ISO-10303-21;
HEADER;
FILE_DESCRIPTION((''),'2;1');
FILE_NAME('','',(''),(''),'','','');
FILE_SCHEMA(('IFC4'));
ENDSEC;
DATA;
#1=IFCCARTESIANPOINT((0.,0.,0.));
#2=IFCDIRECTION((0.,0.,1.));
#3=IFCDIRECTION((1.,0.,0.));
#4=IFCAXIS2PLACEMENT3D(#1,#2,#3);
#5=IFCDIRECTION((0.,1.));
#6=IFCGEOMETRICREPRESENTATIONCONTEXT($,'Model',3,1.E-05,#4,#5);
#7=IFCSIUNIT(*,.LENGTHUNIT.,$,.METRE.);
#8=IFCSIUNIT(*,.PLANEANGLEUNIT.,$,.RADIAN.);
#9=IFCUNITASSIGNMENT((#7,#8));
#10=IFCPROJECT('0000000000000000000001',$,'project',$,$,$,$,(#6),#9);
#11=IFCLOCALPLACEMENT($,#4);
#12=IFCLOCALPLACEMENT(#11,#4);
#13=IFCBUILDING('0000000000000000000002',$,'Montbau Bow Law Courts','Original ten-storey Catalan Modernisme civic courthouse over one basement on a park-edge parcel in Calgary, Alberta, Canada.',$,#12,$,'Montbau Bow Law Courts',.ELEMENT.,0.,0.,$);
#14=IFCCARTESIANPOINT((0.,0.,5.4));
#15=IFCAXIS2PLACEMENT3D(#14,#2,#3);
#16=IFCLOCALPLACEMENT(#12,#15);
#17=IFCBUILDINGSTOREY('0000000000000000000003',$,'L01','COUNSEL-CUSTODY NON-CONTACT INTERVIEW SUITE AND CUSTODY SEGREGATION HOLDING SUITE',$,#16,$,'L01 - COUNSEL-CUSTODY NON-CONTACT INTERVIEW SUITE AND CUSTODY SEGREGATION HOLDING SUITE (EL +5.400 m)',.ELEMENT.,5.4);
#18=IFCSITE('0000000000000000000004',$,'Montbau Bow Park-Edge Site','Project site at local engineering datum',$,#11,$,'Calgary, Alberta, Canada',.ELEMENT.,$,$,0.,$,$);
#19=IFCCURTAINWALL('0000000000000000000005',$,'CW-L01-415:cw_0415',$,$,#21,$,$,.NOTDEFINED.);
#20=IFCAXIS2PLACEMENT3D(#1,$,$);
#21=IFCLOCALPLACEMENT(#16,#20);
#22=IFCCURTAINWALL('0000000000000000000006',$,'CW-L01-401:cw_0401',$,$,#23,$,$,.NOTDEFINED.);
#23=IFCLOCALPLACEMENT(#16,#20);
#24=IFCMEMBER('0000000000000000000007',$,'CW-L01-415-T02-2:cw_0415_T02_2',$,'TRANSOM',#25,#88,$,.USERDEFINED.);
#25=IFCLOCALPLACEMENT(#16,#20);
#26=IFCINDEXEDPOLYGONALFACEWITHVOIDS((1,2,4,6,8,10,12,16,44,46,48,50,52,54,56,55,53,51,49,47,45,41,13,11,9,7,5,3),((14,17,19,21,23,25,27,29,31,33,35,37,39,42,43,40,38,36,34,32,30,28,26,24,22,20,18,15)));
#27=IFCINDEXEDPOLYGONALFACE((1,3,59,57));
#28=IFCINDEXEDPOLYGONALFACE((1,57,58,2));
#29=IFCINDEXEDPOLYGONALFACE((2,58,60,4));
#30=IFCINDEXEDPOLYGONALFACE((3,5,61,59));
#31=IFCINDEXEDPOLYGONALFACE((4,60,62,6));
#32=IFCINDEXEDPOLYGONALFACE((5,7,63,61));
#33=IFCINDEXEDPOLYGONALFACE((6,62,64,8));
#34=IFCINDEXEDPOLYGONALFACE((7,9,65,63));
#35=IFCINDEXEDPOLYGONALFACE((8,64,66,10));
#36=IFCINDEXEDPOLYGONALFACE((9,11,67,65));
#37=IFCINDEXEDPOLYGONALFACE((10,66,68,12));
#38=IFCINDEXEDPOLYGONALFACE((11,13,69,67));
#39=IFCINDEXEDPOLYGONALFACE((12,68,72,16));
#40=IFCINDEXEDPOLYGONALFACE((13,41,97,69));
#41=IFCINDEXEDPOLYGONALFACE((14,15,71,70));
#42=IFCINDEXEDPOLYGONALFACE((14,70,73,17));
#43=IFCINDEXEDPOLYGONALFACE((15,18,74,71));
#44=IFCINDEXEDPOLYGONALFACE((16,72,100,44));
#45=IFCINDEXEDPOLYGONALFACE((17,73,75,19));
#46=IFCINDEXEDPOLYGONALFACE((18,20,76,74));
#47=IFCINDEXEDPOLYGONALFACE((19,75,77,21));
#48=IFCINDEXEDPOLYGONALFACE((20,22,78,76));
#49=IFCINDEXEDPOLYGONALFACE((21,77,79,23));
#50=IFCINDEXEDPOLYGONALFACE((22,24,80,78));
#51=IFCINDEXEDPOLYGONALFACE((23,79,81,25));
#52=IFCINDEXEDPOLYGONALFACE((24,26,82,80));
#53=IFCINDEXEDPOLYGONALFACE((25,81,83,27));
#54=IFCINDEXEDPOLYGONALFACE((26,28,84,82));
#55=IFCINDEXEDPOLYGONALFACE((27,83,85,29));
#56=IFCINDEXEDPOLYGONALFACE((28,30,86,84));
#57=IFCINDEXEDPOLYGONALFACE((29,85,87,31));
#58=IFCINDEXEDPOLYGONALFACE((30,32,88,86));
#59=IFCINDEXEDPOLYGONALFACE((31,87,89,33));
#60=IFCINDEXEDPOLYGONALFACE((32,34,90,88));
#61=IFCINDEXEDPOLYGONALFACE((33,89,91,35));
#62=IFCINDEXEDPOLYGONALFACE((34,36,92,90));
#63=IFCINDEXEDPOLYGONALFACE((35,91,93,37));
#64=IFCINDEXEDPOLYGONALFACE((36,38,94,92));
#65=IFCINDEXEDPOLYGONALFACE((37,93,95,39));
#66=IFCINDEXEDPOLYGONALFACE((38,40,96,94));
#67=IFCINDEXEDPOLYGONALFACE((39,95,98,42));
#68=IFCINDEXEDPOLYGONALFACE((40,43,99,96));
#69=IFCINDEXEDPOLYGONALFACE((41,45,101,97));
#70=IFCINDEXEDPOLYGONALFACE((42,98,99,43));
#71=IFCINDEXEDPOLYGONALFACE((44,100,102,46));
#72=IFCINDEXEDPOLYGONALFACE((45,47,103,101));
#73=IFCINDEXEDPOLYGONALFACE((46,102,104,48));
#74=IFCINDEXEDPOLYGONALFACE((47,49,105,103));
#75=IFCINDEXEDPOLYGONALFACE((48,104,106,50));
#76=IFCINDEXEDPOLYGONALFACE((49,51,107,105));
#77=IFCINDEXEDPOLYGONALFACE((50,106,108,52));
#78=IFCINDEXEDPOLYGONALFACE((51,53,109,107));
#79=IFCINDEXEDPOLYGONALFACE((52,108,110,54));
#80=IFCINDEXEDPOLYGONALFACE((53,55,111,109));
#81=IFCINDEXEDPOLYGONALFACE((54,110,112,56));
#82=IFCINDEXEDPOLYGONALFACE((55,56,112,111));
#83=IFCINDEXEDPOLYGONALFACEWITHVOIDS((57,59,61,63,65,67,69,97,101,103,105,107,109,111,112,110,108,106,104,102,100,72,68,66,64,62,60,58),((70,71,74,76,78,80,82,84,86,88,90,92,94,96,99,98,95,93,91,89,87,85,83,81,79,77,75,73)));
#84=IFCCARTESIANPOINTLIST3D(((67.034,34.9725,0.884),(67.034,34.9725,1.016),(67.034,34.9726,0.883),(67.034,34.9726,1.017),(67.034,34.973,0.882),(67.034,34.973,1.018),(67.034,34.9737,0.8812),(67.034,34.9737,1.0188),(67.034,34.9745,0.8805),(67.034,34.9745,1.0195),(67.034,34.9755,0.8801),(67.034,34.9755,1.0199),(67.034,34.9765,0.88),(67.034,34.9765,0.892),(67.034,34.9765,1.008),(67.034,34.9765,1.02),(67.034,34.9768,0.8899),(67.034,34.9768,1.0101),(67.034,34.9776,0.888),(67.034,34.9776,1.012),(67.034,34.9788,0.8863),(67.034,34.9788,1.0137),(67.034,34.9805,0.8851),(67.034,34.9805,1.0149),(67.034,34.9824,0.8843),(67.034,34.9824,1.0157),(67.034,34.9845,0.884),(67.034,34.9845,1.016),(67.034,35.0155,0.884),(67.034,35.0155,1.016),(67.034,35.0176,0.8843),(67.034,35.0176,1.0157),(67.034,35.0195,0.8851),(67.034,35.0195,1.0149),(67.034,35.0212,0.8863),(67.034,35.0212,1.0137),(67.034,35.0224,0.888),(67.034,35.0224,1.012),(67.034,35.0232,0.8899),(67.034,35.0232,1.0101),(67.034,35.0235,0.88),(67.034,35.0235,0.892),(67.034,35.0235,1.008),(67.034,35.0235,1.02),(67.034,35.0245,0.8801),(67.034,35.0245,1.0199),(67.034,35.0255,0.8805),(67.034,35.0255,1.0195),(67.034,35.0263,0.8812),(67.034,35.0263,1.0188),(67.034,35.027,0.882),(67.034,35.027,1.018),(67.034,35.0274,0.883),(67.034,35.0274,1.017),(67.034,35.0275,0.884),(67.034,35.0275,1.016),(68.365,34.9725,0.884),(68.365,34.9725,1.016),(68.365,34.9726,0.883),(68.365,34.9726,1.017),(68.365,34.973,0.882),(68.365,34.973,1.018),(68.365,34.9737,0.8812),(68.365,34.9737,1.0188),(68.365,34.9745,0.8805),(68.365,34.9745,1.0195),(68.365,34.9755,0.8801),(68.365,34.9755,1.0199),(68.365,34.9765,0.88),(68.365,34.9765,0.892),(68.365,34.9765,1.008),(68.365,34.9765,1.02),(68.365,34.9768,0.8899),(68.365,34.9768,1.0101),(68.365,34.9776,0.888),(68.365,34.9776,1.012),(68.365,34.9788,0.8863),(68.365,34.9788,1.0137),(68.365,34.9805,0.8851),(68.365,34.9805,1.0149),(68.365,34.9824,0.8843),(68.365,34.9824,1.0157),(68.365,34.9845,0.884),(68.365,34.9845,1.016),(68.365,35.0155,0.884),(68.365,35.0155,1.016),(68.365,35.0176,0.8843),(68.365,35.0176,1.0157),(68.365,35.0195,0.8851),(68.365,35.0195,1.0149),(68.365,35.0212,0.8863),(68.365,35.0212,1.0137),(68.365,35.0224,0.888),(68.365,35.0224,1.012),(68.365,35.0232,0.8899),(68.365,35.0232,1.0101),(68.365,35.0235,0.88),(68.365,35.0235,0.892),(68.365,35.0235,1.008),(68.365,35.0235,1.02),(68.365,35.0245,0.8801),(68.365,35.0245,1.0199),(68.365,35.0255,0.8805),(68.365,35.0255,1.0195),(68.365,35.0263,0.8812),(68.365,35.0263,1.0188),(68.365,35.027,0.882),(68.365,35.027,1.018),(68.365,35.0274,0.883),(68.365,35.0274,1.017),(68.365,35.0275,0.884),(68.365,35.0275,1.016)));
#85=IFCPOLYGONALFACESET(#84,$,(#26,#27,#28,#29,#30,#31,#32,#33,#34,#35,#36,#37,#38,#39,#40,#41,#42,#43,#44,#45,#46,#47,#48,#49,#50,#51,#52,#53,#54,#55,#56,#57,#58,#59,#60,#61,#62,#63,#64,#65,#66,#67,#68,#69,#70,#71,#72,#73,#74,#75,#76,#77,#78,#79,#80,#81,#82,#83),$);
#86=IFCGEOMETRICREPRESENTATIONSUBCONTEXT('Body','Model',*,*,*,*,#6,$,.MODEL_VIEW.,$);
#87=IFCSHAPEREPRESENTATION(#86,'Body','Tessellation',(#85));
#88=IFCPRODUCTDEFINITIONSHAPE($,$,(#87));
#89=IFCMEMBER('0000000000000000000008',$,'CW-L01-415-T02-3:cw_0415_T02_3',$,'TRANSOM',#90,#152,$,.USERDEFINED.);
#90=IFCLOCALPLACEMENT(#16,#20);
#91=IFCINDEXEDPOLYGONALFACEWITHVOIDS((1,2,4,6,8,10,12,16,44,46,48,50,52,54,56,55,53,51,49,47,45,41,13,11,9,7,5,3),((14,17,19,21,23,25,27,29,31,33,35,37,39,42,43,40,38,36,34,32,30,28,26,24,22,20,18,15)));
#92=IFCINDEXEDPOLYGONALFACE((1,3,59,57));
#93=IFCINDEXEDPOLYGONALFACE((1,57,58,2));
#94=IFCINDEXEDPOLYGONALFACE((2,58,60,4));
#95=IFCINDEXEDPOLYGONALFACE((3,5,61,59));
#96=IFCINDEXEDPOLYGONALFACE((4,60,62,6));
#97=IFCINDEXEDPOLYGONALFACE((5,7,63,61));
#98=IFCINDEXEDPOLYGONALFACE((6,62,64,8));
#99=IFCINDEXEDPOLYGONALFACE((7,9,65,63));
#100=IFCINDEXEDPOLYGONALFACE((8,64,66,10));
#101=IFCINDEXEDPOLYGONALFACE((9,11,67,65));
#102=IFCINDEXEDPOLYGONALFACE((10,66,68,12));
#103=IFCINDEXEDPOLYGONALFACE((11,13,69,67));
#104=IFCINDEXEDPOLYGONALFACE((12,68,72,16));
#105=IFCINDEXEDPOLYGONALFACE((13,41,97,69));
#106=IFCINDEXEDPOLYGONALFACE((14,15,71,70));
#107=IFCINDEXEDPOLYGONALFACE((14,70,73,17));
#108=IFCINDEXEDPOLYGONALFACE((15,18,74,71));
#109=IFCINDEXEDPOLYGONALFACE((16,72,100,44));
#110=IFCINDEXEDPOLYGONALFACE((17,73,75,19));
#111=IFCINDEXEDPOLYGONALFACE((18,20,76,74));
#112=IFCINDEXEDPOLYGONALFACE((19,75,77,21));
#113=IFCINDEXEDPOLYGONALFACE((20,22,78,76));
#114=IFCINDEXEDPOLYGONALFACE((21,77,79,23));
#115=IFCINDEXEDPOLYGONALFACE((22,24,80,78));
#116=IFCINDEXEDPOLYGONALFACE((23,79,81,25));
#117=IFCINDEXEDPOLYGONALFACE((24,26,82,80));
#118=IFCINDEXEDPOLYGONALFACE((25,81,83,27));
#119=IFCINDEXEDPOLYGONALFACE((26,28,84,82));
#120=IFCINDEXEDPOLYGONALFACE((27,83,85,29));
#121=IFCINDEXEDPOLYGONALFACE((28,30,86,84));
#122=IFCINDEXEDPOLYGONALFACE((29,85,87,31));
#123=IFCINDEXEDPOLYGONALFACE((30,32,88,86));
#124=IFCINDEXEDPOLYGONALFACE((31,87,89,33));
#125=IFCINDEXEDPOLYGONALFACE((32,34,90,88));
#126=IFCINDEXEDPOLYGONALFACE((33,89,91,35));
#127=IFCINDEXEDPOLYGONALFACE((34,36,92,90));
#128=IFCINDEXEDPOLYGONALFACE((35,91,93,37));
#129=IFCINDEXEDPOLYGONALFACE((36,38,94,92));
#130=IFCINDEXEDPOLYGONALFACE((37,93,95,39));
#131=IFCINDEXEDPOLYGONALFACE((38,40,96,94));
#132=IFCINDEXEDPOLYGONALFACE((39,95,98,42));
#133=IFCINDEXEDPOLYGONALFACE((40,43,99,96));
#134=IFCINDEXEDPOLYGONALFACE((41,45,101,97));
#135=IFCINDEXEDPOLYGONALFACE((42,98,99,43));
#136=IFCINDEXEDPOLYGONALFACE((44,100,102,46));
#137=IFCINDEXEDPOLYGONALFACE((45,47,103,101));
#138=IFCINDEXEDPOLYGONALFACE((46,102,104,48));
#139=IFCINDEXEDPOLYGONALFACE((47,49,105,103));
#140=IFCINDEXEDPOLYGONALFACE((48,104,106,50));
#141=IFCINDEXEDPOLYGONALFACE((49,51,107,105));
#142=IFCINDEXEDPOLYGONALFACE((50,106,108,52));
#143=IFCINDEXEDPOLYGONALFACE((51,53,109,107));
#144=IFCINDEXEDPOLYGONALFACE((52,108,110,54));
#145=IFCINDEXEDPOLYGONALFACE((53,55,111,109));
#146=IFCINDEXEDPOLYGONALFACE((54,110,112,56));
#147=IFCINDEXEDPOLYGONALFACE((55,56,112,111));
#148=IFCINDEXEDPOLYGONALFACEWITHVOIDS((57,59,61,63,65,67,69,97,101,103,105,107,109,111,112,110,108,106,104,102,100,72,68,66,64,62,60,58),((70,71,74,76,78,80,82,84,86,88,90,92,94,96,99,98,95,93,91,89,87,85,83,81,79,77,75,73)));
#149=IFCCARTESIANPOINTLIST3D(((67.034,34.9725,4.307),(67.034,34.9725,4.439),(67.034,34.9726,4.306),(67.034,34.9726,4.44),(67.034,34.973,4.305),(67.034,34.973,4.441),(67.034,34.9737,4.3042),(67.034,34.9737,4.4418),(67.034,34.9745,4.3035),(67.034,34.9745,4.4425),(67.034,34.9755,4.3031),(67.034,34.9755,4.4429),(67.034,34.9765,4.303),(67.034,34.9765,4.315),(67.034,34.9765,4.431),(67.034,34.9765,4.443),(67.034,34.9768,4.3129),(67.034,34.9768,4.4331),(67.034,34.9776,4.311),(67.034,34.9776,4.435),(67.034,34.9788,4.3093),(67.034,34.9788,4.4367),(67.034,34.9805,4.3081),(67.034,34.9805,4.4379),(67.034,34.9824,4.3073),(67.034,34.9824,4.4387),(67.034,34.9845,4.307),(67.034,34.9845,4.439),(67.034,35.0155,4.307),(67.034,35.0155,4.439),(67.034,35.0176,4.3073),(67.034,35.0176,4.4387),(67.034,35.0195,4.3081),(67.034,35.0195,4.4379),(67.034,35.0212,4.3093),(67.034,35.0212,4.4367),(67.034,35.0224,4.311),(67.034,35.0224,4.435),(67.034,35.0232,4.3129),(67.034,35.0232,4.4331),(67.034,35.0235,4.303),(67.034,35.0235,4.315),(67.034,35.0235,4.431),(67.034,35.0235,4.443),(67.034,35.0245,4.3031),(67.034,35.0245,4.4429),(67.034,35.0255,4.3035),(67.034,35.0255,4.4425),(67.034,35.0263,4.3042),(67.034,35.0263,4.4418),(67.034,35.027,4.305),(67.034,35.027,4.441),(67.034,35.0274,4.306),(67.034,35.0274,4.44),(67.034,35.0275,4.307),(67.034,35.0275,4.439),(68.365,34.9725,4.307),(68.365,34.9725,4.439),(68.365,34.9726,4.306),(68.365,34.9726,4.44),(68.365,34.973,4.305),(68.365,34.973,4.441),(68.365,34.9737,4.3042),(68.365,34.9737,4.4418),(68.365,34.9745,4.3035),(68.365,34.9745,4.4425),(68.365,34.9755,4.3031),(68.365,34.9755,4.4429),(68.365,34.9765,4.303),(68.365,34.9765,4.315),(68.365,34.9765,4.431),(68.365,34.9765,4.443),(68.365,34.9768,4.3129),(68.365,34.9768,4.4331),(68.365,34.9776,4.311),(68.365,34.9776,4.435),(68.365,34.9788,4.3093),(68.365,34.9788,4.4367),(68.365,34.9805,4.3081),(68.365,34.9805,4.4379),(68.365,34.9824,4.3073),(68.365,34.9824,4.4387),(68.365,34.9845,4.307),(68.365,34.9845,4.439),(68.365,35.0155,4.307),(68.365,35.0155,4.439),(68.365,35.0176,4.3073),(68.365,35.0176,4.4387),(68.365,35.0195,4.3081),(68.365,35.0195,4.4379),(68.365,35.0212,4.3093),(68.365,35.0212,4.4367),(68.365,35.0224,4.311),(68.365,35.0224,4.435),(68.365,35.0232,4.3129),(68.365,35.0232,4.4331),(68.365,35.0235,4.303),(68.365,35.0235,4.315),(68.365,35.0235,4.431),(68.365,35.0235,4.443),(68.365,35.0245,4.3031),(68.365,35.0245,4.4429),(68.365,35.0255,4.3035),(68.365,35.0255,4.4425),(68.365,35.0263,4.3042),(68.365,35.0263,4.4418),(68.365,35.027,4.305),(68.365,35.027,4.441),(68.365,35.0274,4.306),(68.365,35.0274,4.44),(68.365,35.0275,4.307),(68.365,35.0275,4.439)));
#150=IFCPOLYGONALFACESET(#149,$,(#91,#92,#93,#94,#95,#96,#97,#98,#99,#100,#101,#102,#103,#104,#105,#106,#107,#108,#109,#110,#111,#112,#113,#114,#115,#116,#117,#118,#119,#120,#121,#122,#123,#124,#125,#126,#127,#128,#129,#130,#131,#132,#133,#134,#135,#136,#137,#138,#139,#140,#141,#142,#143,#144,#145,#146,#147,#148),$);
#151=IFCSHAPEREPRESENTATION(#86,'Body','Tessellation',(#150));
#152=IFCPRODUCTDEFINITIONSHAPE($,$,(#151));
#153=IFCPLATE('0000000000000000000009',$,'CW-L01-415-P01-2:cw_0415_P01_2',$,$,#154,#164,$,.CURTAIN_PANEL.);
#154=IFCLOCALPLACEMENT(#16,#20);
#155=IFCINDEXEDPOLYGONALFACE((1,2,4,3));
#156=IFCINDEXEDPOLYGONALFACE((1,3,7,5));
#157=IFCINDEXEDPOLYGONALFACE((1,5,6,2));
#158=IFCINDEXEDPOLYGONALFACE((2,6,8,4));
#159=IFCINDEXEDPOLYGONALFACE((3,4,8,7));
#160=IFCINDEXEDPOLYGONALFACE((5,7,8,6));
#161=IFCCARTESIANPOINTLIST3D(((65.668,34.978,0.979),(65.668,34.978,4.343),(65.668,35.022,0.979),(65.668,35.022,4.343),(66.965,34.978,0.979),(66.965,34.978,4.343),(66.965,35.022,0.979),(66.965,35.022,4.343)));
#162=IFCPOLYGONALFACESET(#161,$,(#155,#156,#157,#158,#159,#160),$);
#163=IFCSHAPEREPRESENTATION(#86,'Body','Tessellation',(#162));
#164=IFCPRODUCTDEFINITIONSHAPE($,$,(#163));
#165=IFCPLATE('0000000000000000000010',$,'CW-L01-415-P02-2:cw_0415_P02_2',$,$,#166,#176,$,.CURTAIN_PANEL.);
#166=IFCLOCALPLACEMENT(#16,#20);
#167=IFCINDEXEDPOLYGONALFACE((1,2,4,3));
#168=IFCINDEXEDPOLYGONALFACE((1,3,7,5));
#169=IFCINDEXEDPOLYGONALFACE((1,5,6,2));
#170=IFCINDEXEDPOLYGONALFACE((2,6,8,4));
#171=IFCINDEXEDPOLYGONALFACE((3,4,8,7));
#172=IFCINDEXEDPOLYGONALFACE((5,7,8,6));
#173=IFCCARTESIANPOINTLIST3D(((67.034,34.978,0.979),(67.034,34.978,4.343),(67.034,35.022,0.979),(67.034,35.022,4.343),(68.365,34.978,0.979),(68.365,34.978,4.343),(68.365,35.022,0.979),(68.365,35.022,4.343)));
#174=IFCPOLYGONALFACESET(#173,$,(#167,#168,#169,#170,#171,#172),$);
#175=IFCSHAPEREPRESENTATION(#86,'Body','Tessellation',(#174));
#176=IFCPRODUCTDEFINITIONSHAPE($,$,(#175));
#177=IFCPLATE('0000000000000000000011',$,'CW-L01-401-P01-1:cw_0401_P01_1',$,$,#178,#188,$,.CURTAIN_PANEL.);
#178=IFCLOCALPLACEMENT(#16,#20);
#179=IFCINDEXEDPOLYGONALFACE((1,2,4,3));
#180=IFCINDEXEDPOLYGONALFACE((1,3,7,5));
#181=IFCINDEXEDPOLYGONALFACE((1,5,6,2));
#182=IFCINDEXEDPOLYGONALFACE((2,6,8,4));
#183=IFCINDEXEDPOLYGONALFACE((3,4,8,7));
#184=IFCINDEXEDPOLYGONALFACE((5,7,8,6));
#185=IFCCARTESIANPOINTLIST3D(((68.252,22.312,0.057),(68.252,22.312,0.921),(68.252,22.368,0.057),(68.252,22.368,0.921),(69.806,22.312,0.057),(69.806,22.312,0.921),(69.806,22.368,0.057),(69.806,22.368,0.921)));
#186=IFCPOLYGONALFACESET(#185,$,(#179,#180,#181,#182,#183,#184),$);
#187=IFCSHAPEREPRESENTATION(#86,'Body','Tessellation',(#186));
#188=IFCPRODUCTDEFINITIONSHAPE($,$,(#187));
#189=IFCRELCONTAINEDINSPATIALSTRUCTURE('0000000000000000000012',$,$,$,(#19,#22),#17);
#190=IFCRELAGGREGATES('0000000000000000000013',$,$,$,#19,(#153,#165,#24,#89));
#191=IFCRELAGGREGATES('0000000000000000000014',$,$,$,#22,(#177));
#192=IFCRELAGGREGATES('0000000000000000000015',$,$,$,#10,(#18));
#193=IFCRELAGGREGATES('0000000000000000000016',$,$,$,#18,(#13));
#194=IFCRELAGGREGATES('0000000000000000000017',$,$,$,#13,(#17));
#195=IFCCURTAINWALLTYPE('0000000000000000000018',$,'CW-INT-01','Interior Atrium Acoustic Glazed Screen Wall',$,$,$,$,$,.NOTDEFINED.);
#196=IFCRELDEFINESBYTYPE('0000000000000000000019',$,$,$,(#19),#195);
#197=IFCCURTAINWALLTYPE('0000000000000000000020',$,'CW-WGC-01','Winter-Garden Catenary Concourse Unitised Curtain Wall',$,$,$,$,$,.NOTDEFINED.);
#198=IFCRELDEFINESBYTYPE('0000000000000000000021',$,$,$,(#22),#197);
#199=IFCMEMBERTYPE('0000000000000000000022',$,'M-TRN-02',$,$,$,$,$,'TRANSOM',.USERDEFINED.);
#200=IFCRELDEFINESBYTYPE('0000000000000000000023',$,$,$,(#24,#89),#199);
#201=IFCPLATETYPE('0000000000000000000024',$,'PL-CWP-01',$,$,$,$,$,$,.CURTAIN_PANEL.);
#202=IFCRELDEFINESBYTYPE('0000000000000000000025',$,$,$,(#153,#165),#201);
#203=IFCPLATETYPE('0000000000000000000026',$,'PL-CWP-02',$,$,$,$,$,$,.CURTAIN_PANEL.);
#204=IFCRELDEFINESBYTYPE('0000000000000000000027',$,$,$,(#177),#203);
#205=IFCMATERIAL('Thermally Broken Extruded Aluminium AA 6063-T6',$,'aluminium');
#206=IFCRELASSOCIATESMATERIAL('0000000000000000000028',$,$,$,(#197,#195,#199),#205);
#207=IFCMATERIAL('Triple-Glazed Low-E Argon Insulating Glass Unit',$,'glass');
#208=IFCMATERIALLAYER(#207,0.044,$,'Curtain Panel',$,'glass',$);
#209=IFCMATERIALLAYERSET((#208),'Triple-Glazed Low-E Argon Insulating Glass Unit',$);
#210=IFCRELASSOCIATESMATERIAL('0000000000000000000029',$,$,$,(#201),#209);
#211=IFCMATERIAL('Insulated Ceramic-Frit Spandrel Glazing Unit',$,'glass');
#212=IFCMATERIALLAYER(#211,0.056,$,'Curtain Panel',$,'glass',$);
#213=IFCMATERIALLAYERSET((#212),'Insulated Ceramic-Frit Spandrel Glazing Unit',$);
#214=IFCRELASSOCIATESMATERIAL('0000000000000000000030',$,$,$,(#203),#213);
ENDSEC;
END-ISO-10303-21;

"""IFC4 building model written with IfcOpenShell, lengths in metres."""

from ifc_helpers import new_model, si_unit, direction, frame, frame_2d, origin_with_axes, origin_2d_with_axis, place, context, subcontext, project, spatial, rectangle, hollow_rectangle, extrude, material, layer, layer_set, material_profile, profile_set, type_object, element, aggregate, save


model = new_model("IFC4")

# Units and contexts
model_context = context("Model", 3, precision=1e-05, world=origin_with_axes(), true_north=direction((0.0, 1.0)))
body_context = subcontext(model_context, "Body", "Model", "MODEL_VIEW")
ifc_project = project(units=[si_unit("LENGTHUNIT", "METRE"), si_unit("PLANEANGLEUNIT", "RADIAN")], contexts=[model_context])

# Site, building, storey
site_placement = place(None, origin_with_axes())
site = spatial("IfcSite", under=ifc_project, at=site_placement, Name="Montbau Bow Park-Edge Site", Description="Project site at local engineering datum", LongName="Calgary, Alberta, Canada", CompositionType="ELEMENT", RefElevation=0.0)
building_placement = place(site_placement, origin_with_axes())
building = spatial("IfcBuilding", under=site, at=building_placement, Name="Montbau Bow Law Courts", Description="Original ten-storey Catalan Modernisme civic courthouse over one basement on a park-edge parcel in Calgary, Alberta, Canada.", LongName="Montbau Bow Law Courts", CompositionType="ELEMENT", ElevationOfRefHeight=0.0, ElevationOfTerrain=0.0)
storey_placement = place(building_placement, frame((0.0, 0.0, 5.4), z_axis=(0.0, 0.0, 1.0), x_axis=(1.0, 0.0, 0.0)))
storey = spatial("IfcBuildingStorey", under=building, at=storey_placement, Name="L01", Description="COUNSEL-CUSTODY NON-CONTACT INTERVIEW SUITE AND CUSTODY SEGREGATION HOLDING SUITE", LongName="L01 - COUNSEL-CUSTODY NON-CONTACT INTERVIEW SUITE AND CUSTODY SEGREGATION HOLDING SUITE (EL +5.400 m)", CompositionType="ELEMENT", Elevation=5.4)

# Shared definitions
ifc_material_1 = material(Name="Thermally Broken Extruded Aluminium AA 6063-T6", Category="aluminium")
curtain_wall_type_1 = type_object("IfcCurtainWallType", Name="CW-WGC-01", Description="Winter-Garden Catenary Concourse Unitised Curtain Wall", PredefinedType="NOTDEFINED", material=ifc_material_1)

# Curtain wall
curtain_wall_type_2 = type_object("IfcCurtainWallType", Name="CW-INT-01", Description="Interior Atrium Acoustic Glazed Screen Wall", PredefinedType="NOTDEFINED", material=ifc_material_1)
curtain_wall_1_placement = place(None, frame((65.6, 35.0, 5.4), z_axis=(0.0, 0.0, 1.0), x_axis=(1.0, 0.0, 0.0)))
curtain_wall_1 = element("IfcCurtainWall", 1, at=curtain_wall_1_placement, inside=storey, type_object=curtain_wall_type_2, Name="CW-L01-415:cw_0415", PredefinedType="NOTDEFINED")

# Curtain wall
curtain_wall_2_placement = place(None, frame((68.19, 22.34, 5.4), z_axis=(0.0, 0.0, 1.0), x_axis=(1.0, 0.0, 0.0)))
curtain_wall_2 = element("IfcCurtainWall", 2, at=curtain_wall_2_placement, inside=storey, type_object=curtain_wall_type_1, Name="CW-L01-401:cw_0401", PredefinedType="NOTDEFINED")

# Members
ifc_material_profile_1 = material_profile(ifc_material_1, hollow_rectangle(XDim=0.055, YDim=0.14, WallThickness=0.004, InnerFilletRadius=0.008, OuterFilletRadius=0.004, at=origin_2d_with_axis()), Name="CWT-140X55", Category="Main", Priority=0)
ifc_profile_set_1 = profile_set([ifc_material_profile_1], Name="Thermally Broken Extruded Aluminium AA 6063-T6")
member_type_1 = type_object("IfcMemberType", Name="M-TRN-02", ElementType="TRANSOM", PredefinedType="USERDEFINED", material=ifc_profile_set_1)
member_1_placement = place(None, frame((67.034, 35.0, 6.35), z_axis=(1.0, 0.0, 0.0), x_axis=(0.0, 1.0, 0.0)))
member_1 = element("IfcMember", 3, at=member_1_placement, type_object=member_type_1, Name="CW-L01-415-T02-2:cw_0415_T02_2", ObjectType="TRANSOM", PredefinedType="USERDEFINED", context=body_context, shape_type="SweptSolid", body=[
    extrude(hollow_rectangle(XDim=0.055, YDim=0.14, WallThickness=0.004, InnerFilletRadius=0.008, OuterFilletRadius=0.004, at=origin_2d_with_axis()), origin_with_axes(), (0.0, 0.0, 1.0), 1.331),
])
member_2_placement = place(None, frame((67.034, 35.0, 9.773), z_axis=(1.0, 0.0, 0.0), x_axis=(0.0, 1.0, 0.0)))
member_2 = element("IfcMember", 4, at=member_2_placement, type_object=member_type_1, Name="CW-L01-415-T02-3:cw_0415_T02_3", ObjectType="TRANSOM", PredefinedType="USERDEFINED", context=body_context, shape_type="SweptSolid", body=[
    extrude(hollow_rectangle(XDim=0.055, YDim=0.14, WallThickness=0.004, InnerFilletRadius=0.008, OuterFilletRadius=0.004, at=origin_2d_with_axis()), origin_with_axes(), (0.0, 0.0, 1.0), 1.331),
])

# Plates
ifc_material_2 = material(Name="Triple-Glazed Low-E Argon Insulating Glass Unit", Category="glass")
ifc_layer_1 = layer(ifc_material_2, 0.044, Name="Curtain Panel", Category="glass")
ifc_layer_set_1 = layer_set([ifc_layer_1], Name="Triple-Glazed Low-E Argon Insulating Glass Unit")
plate_type_1 = type_object("IfcPlateType", Name="PL-CWP-01", PredefinedType="CURTAIN_PANEL", material=ifc_layer_set_1)
plate_1_placement = place(None, frame((65.668, 35.0, 6.379), z_axis=(0.0, -1.0, 0.0), x_axis=(1.0, 0.0, 0.0)))
plate_1 = element("IfcPlate", 5, at=plate_1_placement, type_object=plate_type_1, Name="CW-L01-415-P01-2:cw_0415_P01_2", PredefinedType="CURTAIN_PANEL", context=body_context, shape_type="SweptSolid", body=[
    extrude(rectangle(XDim=1.297, YDim=3.364, at=frame_2d((0.6485, 1.682), x_axis=(1.0, 0.0))), frame((0.0, 0.0, -0.022), z_axis=(0.0, 0.0, 1.0), x_axis=(1.0, 0.0, 0.0)), (0.0, 0.0, 1.0), 0.044),
])
plate_2_placement = place(None, frame((67.034, 35.0, 6.379), z_axis=(0.0, -1.0, 0.0), x_axis=(1.0, 0.0, 0.0)))
plate_2 = element("IfcPlate", 6, at=plate_2_placement, type_object=plate_type_1, Name="CW-L01-415-P02-2:cw_0415_P02_2", PredefinedType="CURTAIN_PANEL", context=body_context, shape_type="SweptSolid", body=[
    extrude(rectangle(XDim=1.331, YDim=3.364, at=frame_2d((0.6655, 1.682), x_axis=(1.0, 0.0))), frame((0.0, 0.0, -0.022), z_axis=(0.0, 0.0, 1.0), x_axis=(1.0, 0.0, 0.0)), (0.0, 0.0, 1.0), 0.044),
])
ifc_material_3 = material(Name="Insulated Ceramic-Frit Spandrel Glazing Unit", Category="glass")
ifc_layer_2 = layer(ifc_material_3, 0.056, Name="Curtain Panel", Category="glass")
ifc_layer_set_2 = layer_set([ifc_layer_2], Name="Insulated Ceramic-Frit Spandrel Glazing Unit")
plate_type_2 = type_object("IfcPlateType", Name="PL-CWP-02", PredefinedType="CURTAIN_PANEL", material=ifc_layer_set_2)
plate_3_placement = place(None, frame((68.252, 22.34, 5.457), z_axis=(0.0, -1.0, 0.0), x_axis=(1.0, 0.0, 0.0)))
plate_3 = element("IfcPlate", 7, at=plate_3_placement, type_object=plate_type_2, Name="CW-L01-401-P01-1:cw_0401_P01_1", PredefinedType="CURTAIN_PANEL", context=body_context, shape_type="SweptSolid", body=[
    extrude(rectangle(XDim=1.554, YDim=0.864, at=frame_2d((0.777, 0.432), x_axis=(1.0, 0.0))), frame((0.0, 0.0, -0.028), z_axis=(0.0, 0.0, 1.0), x_axis=(1.0, 0.0, 0.0)), (0.0, 0.0, 1.0), 0.056),
])
aggregate(curtain_wall_1, [plate_1, plate_2, member_1, member_2])
aggregate(curtain_wall_2, [plate_3])

save(model, "model.ifc")
